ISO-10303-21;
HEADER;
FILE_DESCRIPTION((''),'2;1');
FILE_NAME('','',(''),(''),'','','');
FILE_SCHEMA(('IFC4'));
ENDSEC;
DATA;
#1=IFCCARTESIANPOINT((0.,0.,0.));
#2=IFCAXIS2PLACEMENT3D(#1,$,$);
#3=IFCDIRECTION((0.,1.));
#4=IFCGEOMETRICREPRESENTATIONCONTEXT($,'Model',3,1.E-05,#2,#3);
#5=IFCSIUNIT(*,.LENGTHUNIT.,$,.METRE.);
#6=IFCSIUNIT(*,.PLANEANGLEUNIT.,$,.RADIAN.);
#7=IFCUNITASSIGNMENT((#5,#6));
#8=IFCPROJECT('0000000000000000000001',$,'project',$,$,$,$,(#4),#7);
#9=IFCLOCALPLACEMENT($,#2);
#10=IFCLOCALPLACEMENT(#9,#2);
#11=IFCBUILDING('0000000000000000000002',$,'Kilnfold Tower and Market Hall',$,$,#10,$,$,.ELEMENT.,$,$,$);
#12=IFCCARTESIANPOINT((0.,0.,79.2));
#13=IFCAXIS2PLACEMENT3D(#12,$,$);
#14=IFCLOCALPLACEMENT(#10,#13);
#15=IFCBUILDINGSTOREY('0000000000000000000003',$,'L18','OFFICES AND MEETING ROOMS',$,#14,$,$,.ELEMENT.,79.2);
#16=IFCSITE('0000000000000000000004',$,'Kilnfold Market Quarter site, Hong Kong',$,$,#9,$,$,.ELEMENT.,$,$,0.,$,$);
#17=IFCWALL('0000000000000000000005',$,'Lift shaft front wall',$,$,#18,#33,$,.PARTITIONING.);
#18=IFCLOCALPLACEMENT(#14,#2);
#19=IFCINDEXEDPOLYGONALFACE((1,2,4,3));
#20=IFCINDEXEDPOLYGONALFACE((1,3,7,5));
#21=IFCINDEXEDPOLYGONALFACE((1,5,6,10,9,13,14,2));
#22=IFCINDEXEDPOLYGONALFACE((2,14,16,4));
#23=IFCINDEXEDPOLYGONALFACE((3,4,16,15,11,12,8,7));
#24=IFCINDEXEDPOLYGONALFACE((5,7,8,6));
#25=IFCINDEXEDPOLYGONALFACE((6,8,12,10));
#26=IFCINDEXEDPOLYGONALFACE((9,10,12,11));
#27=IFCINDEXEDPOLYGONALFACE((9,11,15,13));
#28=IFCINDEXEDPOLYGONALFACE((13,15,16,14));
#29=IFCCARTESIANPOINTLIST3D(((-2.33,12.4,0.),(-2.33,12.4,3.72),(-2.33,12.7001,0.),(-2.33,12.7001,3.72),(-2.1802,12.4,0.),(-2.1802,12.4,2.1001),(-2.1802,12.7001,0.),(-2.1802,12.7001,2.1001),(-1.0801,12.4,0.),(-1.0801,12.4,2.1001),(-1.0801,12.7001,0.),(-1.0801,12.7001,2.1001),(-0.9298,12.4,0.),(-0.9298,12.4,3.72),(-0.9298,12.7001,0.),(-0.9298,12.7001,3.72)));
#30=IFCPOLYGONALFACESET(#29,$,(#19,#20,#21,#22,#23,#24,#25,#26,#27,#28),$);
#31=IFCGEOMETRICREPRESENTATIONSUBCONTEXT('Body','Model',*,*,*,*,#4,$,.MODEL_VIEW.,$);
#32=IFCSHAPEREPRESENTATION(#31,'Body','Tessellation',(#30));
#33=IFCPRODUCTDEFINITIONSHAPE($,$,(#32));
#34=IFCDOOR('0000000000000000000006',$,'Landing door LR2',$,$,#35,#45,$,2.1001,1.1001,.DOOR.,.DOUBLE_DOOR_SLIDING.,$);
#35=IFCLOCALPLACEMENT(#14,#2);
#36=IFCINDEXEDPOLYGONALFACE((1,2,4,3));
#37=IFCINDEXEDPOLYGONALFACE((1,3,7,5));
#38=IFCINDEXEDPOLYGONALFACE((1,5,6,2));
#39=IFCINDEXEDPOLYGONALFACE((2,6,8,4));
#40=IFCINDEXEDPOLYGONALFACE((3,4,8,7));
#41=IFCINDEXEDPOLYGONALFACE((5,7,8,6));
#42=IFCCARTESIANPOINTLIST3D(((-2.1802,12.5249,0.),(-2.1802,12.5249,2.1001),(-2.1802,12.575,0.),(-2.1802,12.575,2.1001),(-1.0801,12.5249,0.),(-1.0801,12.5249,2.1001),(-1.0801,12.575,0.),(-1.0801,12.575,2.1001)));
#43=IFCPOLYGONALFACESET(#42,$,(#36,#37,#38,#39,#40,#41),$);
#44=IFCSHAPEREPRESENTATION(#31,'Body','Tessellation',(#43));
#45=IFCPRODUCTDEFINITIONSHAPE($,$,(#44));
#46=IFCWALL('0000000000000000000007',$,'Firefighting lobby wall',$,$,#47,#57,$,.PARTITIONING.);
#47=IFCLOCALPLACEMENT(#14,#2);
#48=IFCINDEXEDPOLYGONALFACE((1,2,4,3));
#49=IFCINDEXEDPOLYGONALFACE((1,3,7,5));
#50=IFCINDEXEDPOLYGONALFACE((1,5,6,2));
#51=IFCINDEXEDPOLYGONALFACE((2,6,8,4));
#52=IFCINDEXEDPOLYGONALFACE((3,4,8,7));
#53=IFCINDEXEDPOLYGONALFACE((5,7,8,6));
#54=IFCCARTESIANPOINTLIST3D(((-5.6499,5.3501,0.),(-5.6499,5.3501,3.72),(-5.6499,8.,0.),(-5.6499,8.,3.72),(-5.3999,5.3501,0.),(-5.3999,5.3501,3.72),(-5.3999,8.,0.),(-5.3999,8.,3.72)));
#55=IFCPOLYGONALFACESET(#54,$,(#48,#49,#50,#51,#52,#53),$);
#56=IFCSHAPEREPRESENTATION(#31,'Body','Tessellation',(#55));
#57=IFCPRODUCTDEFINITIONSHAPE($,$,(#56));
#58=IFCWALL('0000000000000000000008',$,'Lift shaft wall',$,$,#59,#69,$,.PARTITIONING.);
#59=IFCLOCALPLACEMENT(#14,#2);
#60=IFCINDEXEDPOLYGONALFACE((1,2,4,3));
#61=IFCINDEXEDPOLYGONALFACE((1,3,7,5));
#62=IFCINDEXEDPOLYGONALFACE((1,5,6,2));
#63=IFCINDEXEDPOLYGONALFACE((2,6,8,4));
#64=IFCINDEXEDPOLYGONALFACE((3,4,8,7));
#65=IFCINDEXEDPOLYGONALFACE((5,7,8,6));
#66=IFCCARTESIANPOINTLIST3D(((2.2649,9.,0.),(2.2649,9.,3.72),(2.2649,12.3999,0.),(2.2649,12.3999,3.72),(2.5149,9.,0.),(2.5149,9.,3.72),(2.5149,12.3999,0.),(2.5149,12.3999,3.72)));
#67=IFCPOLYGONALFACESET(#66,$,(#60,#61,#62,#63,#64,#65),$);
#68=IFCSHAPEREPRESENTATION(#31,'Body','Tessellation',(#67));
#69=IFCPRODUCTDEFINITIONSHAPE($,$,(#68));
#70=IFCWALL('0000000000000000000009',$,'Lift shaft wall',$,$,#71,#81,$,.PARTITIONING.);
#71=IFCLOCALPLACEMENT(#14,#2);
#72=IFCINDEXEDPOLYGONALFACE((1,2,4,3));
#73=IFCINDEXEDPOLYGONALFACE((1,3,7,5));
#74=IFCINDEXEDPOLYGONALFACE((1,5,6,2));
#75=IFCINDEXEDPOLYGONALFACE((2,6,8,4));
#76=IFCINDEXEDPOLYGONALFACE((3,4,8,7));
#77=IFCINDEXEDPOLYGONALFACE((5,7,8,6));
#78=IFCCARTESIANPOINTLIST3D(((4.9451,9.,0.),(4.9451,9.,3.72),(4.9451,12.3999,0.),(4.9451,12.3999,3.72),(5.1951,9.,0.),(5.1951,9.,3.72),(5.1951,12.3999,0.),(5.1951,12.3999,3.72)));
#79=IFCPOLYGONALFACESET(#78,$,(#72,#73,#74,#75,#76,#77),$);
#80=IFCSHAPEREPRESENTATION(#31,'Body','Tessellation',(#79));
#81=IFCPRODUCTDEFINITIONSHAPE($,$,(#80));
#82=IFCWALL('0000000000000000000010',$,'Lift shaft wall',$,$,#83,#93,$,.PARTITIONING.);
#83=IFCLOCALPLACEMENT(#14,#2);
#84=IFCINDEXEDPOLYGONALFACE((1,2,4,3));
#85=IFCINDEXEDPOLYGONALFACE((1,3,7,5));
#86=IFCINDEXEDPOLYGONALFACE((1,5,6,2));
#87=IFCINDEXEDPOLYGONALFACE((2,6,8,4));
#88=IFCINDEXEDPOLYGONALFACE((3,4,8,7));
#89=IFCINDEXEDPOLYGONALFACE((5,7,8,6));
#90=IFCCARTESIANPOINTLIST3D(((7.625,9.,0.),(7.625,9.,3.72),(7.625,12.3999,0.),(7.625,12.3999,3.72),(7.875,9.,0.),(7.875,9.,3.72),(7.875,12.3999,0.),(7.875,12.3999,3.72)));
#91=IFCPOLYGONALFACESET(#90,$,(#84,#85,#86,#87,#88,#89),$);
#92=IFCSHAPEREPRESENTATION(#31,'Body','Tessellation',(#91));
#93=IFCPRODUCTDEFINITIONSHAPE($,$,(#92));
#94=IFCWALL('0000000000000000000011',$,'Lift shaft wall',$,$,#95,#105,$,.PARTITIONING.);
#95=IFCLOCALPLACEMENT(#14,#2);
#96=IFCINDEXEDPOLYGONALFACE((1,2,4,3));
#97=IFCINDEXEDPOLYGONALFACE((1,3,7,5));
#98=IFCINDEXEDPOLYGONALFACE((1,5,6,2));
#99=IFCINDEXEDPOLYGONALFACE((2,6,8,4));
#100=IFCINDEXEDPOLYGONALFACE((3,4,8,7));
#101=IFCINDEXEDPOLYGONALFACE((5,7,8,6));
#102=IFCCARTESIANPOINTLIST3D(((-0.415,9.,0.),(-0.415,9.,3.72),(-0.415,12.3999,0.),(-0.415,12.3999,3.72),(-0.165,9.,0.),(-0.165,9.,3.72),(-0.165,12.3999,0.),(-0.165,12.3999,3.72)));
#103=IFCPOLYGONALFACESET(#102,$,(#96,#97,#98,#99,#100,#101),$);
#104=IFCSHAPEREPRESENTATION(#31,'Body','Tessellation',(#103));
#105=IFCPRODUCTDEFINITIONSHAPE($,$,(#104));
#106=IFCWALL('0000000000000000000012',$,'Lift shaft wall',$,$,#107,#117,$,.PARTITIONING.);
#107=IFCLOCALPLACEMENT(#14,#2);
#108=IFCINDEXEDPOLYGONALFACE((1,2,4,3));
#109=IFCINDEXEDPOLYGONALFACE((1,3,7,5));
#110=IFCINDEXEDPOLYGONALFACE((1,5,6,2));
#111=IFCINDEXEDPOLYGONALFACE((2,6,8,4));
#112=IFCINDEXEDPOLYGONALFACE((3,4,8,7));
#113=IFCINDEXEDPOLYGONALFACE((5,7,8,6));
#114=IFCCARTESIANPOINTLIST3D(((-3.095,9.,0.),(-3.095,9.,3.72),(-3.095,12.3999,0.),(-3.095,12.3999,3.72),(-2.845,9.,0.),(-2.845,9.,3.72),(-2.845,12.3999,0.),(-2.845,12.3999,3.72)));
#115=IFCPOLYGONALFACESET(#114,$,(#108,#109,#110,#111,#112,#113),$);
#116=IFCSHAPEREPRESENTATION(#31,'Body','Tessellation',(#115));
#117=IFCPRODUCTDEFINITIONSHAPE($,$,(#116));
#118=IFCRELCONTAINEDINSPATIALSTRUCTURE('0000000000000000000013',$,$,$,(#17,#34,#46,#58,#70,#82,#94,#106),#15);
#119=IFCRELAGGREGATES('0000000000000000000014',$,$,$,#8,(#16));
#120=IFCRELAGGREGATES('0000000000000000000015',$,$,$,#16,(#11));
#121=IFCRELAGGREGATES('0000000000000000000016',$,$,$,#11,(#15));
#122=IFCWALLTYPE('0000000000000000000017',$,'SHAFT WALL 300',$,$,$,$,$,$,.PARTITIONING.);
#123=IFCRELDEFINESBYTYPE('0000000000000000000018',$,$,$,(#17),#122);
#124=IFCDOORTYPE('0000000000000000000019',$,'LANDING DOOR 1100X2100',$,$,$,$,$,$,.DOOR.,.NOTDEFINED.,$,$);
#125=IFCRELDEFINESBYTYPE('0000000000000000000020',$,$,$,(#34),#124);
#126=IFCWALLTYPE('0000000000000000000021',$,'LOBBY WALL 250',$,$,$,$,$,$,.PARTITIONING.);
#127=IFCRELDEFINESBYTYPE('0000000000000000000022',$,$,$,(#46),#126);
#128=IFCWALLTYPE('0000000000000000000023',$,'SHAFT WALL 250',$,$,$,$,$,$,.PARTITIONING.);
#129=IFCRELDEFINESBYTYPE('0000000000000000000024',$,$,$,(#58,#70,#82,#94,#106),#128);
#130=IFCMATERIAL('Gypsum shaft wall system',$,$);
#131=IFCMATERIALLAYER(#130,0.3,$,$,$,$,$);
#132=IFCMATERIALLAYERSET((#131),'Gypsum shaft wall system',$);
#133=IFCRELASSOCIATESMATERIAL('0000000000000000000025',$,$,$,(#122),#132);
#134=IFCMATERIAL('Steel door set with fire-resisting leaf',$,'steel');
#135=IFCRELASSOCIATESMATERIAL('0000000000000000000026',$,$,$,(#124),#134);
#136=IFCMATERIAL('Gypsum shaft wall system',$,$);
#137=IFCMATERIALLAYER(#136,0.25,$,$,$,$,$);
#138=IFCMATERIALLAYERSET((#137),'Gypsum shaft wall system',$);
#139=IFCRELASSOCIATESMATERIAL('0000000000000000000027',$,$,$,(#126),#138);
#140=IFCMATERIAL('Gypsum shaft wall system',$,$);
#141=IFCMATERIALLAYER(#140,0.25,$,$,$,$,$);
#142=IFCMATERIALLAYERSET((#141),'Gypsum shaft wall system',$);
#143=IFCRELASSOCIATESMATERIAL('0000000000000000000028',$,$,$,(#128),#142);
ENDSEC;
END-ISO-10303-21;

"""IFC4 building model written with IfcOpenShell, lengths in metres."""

from ifc_helpers import new_model, si_unit, direction, frame, frame_2d, origin, place, context, subcontext, project, spatial, rectangle, extrude, source, transform, mapped, material, layer, layer_set, type_object, element, fill, save


model = new_model("IFC4")

# Units and contexts
model_context = context("Model", 3, precision=1e-05, world=origin(), true_north=direction((0.0, 1.0)))
body_context = subcontext(model_context, "Body", "Model", "MODEL_VIEW")
ifc_project = project(units=[si_unit("LENGTHUNIT", "METRE"), si_unit("PLANEANGLEUNIT", "RADIAN")], contexts=[model_context])

# Site, building, storey
site_placement = place(None, origin())
site = spatial("IfcSite", under=ifc_project, at=site_placement, Name="Kilnfold Market Quarter site, Hong Kong", CompositionType="ELEMENT", RefElevation=0.0)
building_placement = place(site_placement, origin())
building = spatial("IfcBuilding", under=site, at=building_placement, Name="Kilnfold Tower and Market Hall", CompositionType="ELEMENT")
storey_placement = place(building_placement, frame((0.0, 0.0, 79.2)))
storey = spatial("IfcBuildingStorey", under=building, at=storey_placement, Name="L18", Description="OFFICES AND MEETING ROOMS", CompositionType="ELEMENT", Elevation=79.2)

# Wall, opening, door
ifc_material_1 = material(Name="Gypsum shaft wall system")
ifc_layer_1 = layer(ifc_material_1, 0.3)
ifc_layer_set_1 = layer_set([ifc_layer_1], Name="Gypsum shaft wall system")
wall_type_1 = type_object("IfcWallType", Name="SHAFT WALL 300", PredefinedType="PARTITIONING", material=ifc_layer_set_1)
ifc_material_2 = material(Name="Steel door set with fire-resisting leaf", Category="steel")
door_type_1 = type_object("IfcDoorType", Name="LANDING DOOR 1100X2100", OperationType="NOTDEFINED", PredefinedType="DOOR", material=ifc_material_2)
shared_shape_1 = source(origin(), body_context, "Body", "SweptSolid", [
    extrude(rectangle(XDim=1.4001, YDim=0.3, at=frame_2d((0.7002, 0.0))), origin(), (0.0, 0.0, 1.0), 3.72),
])
wall_1_placement = place(storey_placement, frame((-2.3301, 12.55, 0.0), z_axis=(0.0, 0.0, 1.0), x_axis=(1.0, 0.0, 0.0)))
wall_1 = element("IfcWall", 1, at=wall_1_placement, inside=storey, type_object=wall_type_1, Name="Lift shaft front wall", PredefinedType="PARTITIONING", context=body_context, shape_type="MappedRepresentation", body=[
    mapped(shared_shape_1, transform((0.0, 0.0, 0.0))),
])
opening_1_placement = place(wall_1_placement, frame((0.1499, 0.0, 0.0)))
opening_1 = element("IfcOpeningElement", 2, at=opening_1_placement, cuts=wall_1, PredefinedType="OPENING", context=body_context, shape_type="SweptSolid", body=[
    extrude(rectangle(XDim=1.1001, YDim=2.1001, at=frame_2d((0.55, 1.05))), frame((0.0, 0.1602, 0.0), z_axis=(0.0, -1.0, 0.0), x_axis=(1.0, 0.0, 0.0)), (0.0, 0.0, 1.0), 0.3201),
])
door_1_placement = place(opening_1_placement, origin())
door_1 = element("IfcDoor", 3, at=door_1_placement, inside=storey, type_object=door_type_1, Name="Landing door LR2", OperationType="DOUBLE_DOOR_SLIDING", OverallHeight=2.1001, OverallWidth=1.1001, PredefinedType="DOOR", context=body_context, shape_type="SweptSolid", body=[
    extrude(rectangle(XDim=1.1001, YDim=2.1001, at=frame_2d((0.55, 1.05))), frame((0.0, 0.0249, 0.0), z_axis=(0.0, -1.0, 0.0), x_axis=(1.0, 0.0, 0.0)), (0.0, 0.0, 1.0), 0.05),
])
fill(opening_1, door_1)

# Walls
ifc_material_3 = material(Name="Gypsum shaft wall system")
ifc_layer_2 = layer(ifc_material_3, 0.25)
ifc_layer_set_2 = layer_set([ifc_layer_2], Name="Gypsum shaft wall system")
wall_type_2 = type_object("IfcWallType", Name="LOBBY WALL 250", PredefinedType="PARTITIONING", material=ifc_layer_set_2)
shared_shape_2 = source(origin(), body_context, "Body", "SweptSolid", [
    extrude(rectangle(XDim=2.6499, YDim=0.25, at=frame_2d((1.325, 0.0))), origin(), (0.0, 0.0, 1.0), 3.72),
])
wall_2_placement = place(storey_placement, frame((-5.5249, 5.3501, 0.0), z_axis=(0.0, 0.0, 1.0), x_axis=(0.0, 1.0, 0.0)))
element("IfcWall", 4, at=wall_2_placement, inside=storey, type_object=wall_type_2, Name="Firefighting lobby wall", PredefinedType="PARTITIONING", context=body_context, shape_type="MappedRepresentation", body=[
    mapped(shared_shape_2, transform((0.0, 0.0, 0.0))),
])
ifc_material_4 = material(Name="Gypsum shaft wall system")
ifc_layer_3 = layer(ifc_material_4, 0.25)
ifc_layer_set_3 = layer_set([ifc_layer_3], Name="Gypsum shaft wall system")
wall_type_3 = type_object("IfcWallType", Name="SHAFT WALL 250", PredefinedType="PARTITIONING", material=ifc_layer_set_3)
shared_shape_3 = source(origin(), body_context, "Body", "SweptSolid", [
    extrude(rectangle(XDim=3.3999, YDim=0.25, at=frame_2d((1.7, 0.0))), origin(), (0.0, 0.0, 1.0), 3.72),
])
for number, where, z_axis, x_axis, name in (
    (5, (2.3899, 9.0, 0.0), (0.0, 0.0, 1.0), (0.0, 1.0, 0.0), "Lift shaft wall"),
    (6, (5.0701, 9.0, 0.0), (0.0, 0.0, 1.0), (0.0, 1.0, 0.0), "Lift shaft wall"),
    (7, (7.75, 9.0, 0.0), (0.0, 0.0, 1.0), (0.0, 1.0, 0.0), "Lift shaft wall"),
    (8, (-0.29, 9.0, 0.0), (0.0, 0.0, 1.0), (0.0, 1.0, 0.0), "Lift shaft wall"),
    (9, (-2.97, 9.0, 0.0), (0.0, 0.0, 1.0), (0.0, 1.0, 0.0), "Lift shaft wall"),
):
    element("IfcWall", number, at=place(storey_placement, frame(where, z_axis=z_axis, x_axis=x_axis)), inside=storey, type_object=wall_type_3, Name=name, PredefinedType="PARTITIONING", context=body_context, shape_type="MappedRepresentation", body=[
        mapped(shared_shape_3, transform((0.0, 0.0, 0.0))),
    ])

save(model, "model.ifc")
